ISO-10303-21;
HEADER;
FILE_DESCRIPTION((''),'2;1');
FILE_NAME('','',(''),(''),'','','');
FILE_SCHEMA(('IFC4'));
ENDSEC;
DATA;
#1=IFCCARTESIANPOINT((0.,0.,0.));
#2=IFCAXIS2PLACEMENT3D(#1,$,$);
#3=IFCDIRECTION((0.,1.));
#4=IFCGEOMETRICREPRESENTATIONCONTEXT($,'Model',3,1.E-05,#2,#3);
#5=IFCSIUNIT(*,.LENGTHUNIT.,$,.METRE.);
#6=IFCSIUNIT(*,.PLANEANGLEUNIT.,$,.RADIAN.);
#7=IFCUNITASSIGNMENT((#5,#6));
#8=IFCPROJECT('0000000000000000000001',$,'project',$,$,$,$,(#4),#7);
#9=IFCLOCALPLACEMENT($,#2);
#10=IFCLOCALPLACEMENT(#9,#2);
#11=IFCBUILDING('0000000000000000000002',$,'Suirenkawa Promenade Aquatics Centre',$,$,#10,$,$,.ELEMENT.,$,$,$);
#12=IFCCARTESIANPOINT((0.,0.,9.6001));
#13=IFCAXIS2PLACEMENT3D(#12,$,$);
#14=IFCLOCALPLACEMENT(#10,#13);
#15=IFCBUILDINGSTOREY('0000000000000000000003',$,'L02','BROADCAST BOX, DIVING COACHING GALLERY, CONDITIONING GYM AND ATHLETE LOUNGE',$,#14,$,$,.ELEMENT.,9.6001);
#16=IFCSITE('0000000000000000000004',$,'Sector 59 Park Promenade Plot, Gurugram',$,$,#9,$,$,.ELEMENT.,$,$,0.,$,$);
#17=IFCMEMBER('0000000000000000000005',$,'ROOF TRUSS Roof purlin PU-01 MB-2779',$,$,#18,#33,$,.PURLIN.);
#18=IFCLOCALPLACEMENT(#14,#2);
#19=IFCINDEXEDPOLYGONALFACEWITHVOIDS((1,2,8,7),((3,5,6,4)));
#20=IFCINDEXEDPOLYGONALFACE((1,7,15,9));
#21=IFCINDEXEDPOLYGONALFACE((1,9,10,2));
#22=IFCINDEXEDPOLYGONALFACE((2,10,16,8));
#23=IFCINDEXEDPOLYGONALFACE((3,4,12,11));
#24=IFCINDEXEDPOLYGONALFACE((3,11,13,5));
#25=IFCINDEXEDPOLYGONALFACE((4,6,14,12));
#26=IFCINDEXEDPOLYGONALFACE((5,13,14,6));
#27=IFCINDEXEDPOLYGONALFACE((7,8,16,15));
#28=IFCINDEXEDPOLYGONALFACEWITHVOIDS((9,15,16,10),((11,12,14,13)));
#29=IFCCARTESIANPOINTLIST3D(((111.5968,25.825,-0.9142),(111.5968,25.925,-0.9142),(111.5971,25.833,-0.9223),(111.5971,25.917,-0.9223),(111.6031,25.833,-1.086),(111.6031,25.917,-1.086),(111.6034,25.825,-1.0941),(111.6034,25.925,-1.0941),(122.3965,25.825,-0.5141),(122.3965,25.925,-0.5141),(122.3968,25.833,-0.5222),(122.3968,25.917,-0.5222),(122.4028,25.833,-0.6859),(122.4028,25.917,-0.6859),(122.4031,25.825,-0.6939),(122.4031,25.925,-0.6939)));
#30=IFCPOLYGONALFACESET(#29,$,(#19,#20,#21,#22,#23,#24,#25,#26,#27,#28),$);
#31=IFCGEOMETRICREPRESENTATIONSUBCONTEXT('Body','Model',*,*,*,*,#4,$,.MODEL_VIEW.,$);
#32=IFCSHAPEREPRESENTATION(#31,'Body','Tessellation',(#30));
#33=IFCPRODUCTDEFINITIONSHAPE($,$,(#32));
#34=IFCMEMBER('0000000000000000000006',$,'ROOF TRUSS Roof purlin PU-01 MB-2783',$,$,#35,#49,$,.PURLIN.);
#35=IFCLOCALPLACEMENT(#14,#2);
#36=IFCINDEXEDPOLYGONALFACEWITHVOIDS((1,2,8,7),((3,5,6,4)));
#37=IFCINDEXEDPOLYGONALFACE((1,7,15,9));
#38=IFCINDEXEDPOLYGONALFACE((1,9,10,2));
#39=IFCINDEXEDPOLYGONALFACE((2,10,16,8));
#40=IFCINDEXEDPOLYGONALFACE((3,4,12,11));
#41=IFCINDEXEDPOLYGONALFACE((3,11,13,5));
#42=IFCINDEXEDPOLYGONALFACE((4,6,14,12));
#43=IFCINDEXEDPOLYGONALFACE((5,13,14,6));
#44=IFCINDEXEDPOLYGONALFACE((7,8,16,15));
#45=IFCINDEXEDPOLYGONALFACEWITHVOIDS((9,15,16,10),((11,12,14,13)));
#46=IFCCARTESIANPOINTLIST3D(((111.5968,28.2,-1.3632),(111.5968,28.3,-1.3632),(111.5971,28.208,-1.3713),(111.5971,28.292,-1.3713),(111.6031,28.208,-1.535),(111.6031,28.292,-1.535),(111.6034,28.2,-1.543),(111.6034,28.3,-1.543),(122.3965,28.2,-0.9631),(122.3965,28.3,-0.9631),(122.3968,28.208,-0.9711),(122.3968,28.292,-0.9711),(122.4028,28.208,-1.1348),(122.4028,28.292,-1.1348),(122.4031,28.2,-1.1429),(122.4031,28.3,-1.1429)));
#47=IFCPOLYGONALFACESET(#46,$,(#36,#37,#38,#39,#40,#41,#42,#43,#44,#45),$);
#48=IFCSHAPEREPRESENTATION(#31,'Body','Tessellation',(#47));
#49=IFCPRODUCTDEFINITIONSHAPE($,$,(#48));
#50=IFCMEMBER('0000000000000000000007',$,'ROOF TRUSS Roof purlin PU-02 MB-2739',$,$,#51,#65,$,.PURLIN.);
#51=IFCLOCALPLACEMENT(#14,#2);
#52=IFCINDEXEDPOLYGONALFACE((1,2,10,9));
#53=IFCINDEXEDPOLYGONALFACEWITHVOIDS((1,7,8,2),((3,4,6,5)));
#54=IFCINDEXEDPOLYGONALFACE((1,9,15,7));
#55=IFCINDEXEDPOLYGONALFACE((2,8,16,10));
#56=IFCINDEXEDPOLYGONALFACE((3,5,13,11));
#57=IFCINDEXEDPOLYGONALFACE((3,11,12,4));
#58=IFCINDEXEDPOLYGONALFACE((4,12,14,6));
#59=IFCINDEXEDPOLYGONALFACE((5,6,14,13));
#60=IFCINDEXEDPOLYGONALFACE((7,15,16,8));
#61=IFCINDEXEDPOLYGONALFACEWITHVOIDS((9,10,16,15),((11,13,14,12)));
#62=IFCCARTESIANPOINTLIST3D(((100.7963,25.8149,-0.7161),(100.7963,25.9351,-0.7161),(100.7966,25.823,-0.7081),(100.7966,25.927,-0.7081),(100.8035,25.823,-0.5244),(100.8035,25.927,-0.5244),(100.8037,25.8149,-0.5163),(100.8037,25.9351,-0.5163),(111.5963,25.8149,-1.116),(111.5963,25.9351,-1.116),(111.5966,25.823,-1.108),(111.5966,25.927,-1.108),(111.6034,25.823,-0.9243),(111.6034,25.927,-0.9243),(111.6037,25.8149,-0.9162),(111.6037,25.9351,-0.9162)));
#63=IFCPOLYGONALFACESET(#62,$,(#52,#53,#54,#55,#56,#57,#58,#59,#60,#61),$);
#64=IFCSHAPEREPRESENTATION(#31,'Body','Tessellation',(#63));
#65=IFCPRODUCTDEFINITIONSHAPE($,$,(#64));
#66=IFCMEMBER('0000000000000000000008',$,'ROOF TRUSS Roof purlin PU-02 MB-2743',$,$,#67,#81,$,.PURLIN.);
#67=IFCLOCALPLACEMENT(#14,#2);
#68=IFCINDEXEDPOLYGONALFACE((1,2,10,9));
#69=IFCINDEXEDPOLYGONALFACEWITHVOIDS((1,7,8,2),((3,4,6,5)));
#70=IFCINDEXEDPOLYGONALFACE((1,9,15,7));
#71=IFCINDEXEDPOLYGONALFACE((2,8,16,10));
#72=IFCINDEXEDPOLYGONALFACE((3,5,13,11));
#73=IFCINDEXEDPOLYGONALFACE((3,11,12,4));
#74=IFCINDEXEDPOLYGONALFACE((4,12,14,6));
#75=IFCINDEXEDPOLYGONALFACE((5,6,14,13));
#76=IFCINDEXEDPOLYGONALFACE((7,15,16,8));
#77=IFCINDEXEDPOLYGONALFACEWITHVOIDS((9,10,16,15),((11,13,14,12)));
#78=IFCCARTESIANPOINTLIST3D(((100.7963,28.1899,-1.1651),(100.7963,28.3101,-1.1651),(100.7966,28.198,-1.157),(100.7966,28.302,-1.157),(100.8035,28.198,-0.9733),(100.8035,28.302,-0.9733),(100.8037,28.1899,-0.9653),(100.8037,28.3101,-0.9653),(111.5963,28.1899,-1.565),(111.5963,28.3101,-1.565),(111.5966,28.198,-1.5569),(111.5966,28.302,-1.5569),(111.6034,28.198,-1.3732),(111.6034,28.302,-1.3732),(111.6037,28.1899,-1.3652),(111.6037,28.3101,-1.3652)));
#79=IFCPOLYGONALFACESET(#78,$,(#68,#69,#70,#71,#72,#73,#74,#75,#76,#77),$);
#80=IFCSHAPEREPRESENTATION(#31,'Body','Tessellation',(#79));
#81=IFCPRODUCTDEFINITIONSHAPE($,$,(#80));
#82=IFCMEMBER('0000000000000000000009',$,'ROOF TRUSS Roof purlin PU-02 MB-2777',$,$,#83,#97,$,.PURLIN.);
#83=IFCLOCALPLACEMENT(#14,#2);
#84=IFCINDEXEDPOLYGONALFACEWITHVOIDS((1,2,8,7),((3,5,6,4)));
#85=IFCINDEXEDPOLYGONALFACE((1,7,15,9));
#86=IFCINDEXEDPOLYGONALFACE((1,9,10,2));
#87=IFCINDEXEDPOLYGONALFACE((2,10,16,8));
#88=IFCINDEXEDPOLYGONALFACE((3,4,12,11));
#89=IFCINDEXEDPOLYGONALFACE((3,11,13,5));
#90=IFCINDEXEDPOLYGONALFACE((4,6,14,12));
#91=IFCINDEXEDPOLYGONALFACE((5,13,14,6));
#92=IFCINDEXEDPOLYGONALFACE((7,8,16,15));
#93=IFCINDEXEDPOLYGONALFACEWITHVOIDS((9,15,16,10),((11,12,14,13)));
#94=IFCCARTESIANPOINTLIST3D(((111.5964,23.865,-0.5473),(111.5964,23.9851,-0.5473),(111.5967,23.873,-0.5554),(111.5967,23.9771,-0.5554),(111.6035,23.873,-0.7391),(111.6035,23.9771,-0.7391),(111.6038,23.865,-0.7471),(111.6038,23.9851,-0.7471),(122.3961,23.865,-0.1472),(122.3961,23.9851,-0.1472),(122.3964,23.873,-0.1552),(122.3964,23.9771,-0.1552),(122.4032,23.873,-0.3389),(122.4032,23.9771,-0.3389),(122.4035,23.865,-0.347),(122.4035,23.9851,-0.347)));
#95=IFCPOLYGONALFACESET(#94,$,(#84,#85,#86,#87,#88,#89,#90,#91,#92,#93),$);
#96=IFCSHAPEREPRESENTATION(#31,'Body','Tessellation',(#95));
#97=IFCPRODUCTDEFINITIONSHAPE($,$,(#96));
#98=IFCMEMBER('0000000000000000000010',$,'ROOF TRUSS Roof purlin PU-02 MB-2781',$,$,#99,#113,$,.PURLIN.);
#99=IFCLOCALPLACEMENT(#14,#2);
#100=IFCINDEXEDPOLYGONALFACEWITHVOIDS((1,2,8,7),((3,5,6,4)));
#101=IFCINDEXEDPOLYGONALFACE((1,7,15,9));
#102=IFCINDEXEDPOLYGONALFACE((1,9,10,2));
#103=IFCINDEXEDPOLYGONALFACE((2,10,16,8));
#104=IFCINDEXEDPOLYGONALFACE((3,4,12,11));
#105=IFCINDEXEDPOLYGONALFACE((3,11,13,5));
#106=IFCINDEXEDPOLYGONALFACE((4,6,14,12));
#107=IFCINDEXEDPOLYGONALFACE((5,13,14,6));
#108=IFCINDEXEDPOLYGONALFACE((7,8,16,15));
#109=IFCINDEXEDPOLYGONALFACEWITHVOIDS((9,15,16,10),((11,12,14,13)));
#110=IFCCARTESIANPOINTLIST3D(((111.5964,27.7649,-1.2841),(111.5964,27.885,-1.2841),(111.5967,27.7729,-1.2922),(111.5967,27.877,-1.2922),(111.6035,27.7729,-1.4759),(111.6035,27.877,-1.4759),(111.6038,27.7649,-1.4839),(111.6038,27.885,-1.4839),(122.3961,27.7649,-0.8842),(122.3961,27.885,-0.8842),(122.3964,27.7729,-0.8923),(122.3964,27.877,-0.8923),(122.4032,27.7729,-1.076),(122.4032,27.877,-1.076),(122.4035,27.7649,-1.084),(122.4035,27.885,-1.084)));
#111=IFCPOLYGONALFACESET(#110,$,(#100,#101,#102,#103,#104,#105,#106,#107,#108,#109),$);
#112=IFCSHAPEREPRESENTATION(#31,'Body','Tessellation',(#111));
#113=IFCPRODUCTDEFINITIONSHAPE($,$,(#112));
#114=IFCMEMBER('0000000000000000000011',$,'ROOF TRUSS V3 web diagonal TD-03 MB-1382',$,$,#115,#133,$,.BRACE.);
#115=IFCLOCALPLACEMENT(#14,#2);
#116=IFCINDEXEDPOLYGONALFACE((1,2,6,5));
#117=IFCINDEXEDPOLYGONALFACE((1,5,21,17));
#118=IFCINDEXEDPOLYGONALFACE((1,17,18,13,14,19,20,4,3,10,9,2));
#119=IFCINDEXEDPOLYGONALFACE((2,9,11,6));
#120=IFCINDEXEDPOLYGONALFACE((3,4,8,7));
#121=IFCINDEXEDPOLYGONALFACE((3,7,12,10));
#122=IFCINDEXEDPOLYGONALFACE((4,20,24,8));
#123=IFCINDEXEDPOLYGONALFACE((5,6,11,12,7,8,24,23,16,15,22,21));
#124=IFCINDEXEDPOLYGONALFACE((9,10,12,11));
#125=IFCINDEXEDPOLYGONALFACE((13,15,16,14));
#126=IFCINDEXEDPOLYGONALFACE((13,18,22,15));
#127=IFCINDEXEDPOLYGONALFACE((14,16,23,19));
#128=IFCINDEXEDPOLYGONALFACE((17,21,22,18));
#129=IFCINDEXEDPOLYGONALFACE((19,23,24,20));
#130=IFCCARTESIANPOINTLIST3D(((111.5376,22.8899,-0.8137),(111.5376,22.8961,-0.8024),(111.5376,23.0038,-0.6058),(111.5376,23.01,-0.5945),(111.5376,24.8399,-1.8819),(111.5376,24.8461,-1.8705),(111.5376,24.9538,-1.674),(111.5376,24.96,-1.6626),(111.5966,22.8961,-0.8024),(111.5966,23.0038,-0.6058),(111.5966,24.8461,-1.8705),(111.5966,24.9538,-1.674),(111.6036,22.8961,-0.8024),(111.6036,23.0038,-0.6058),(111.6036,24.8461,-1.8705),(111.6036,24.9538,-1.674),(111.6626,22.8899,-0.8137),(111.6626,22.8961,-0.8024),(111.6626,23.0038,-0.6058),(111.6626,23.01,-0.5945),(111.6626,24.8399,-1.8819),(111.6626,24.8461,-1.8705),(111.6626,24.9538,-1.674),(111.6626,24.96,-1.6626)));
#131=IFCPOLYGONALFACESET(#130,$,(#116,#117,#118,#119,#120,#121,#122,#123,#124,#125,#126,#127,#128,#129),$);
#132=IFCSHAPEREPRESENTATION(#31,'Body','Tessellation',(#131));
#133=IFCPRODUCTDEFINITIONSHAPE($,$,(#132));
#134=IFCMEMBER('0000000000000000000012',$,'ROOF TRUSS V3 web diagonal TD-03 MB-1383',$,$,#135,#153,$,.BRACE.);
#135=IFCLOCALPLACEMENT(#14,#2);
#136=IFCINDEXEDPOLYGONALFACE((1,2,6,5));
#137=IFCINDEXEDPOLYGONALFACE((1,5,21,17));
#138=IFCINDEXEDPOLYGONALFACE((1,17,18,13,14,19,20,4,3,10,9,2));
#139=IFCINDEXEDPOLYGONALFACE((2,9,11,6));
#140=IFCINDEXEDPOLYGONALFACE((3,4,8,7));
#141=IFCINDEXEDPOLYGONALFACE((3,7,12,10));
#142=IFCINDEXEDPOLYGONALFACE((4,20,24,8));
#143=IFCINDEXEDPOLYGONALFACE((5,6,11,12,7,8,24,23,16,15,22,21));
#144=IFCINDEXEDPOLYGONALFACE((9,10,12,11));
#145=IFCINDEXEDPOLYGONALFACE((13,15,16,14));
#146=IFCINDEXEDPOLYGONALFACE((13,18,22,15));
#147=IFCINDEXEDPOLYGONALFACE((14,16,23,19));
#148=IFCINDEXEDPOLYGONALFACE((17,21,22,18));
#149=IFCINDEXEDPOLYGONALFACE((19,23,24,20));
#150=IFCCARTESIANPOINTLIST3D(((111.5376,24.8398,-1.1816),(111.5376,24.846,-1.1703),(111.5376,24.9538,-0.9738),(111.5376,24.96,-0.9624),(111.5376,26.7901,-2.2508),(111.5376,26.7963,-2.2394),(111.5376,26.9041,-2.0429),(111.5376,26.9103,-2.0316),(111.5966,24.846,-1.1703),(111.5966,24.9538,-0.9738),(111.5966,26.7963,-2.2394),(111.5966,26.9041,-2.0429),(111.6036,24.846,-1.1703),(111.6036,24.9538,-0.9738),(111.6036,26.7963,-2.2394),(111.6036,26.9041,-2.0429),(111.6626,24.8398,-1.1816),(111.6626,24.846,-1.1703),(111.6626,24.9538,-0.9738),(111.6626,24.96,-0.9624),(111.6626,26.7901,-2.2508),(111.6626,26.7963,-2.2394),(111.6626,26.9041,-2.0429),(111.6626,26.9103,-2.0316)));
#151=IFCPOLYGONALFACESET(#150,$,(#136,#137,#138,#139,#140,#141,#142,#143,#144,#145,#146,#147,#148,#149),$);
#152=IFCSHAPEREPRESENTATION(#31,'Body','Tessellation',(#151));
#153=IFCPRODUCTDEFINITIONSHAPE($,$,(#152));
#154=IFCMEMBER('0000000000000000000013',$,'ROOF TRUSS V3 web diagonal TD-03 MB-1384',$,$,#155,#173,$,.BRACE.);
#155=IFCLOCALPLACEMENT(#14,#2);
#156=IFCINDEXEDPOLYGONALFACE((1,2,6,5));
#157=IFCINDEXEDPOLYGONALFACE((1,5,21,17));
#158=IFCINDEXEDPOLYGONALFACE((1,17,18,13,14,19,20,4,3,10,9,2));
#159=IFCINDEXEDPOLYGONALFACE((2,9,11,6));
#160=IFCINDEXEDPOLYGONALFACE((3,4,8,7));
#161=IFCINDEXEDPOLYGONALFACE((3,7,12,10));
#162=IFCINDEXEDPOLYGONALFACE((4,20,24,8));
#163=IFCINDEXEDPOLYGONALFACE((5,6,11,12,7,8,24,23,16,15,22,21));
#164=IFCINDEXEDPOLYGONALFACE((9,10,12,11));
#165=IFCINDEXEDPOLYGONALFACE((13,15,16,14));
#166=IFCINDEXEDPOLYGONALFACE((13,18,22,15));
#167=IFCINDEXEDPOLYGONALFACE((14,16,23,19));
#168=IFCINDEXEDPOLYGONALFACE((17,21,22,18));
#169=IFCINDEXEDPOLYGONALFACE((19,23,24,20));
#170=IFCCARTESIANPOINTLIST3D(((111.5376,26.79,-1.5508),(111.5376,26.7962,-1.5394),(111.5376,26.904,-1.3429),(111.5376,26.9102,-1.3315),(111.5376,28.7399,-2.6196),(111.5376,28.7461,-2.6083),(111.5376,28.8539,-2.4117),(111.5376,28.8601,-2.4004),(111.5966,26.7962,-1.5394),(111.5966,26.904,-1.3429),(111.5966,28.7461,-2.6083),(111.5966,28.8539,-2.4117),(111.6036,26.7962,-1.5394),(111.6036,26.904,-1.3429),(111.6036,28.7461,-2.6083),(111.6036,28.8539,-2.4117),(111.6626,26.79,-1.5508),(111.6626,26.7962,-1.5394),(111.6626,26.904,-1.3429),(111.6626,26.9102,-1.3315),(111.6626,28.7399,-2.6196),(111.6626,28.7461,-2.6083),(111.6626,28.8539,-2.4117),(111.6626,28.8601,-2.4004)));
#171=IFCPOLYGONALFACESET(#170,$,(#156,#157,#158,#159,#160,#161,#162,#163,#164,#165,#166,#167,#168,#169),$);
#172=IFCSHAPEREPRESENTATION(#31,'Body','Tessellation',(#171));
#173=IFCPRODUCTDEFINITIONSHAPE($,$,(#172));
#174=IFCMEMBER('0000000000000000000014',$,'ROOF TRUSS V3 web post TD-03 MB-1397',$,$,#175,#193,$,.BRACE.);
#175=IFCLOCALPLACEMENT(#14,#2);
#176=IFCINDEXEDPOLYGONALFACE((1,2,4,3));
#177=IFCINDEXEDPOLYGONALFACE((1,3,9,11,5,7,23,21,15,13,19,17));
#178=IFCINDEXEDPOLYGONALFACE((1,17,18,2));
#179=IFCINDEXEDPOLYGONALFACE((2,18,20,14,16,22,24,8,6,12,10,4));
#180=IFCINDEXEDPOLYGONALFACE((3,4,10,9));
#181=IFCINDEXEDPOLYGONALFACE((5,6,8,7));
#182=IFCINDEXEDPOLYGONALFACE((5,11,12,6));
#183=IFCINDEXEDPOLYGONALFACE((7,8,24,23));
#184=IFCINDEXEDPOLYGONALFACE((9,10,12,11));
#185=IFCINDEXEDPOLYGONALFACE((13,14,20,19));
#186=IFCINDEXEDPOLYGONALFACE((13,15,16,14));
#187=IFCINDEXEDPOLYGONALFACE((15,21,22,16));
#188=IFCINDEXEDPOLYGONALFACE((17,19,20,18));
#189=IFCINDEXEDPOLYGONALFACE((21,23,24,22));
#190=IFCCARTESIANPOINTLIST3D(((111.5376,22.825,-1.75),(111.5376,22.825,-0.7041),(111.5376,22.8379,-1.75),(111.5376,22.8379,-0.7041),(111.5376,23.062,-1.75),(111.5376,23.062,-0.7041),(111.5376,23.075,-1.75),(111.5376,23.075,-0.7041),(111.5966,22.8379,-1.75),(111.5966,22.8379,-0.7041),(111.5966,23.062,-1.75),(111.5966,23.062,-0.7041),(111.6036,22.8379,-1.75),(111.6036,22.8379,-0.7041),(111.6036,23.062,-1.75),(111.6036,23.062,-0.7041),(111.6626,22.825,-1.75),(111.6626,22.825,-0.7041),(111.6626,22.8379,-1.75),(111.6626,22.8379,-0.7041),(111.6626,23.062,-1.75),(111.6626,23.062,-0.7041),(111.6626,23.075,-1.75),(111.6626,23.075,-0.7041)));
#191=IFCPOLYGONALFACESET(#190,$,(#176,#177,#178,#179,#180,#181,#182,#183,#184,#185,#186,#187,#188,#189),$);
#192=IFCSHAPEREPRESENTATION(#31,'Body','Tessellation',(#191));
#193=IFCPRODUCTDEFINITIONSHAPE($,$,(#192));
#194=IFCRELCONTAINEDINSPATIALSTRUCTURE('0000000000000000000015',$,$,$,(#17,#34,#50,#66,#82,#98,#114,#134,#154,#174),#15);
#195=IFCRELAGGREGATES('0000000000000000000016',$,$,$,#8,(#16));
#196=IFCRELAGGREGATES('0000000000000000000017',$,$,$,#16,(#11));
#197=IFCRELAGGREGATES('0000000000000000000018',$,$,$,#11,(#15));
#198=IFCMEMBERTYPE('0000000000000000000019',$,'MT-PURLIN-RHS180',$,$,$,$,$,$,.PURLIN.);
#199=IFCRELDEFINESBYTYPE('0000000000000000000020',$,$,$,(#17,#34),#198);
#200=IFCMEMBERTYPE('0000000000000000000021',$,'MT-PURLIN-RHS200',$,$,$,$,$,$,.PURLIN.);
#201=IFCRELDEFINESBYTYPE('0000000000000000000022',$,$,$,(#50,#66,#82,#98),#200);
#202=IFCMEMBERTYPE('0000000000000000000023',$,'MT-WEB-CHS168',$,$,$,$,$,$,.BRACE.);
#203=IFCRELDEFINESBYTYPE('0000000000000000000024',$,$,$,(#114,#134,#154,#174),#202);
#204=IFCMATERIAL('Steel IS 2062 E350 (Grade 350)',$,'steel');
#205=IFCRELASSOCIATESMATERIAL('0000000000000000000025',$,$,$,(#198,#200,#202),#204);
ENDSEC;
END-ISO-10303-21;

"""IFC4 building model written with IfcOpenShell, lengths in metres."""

from ifc_helpers import new_model, si_unit, direction, frame, origin, origin_2d, place, context, subcontext, project, spatial, hollow_rectangle, i_section, extrude, material, material_profile, profile_set, type_object, element, save


model = new_model("IFC4")

# Units and contexts
model_context = context("Model", 3, precision=1e-05, world=origin(), true_north=direction((0.0, 1.0)))
body_context = subcontext(model_context, "Body", "Model", "MODEL_VIEW")
ifc_project = project(units=[si_unit("LENGTHUNIT", "METRE"), si_unit("PLANEANGLEUNIT", "RADIAN")], contexts=[model_context])

# Site, building, storey
site_placement = place(None, origin())
site = spatial("IfcSite", under=ifc_project, at=site_placement, Name="Sector 59 Park Promenade Plot, Gurugram", CompositionType="ELEMENT", RefElevation=0.0)
building_placement = place(site_placement, origin())
building = spatial("IfcBuilding", under=site, at=building_placement, Name="Suirenkawa Promenade Aquatics Centre", CompositionType="ELEMENT")
storey_placement = place(building_placement, frame((0.0, 0.0, 9.6001)))
storey = spatial("IfcBuildingStorey", under=building, at=storey_placement, Name="L02", Description="BROADCAST BOX, DIVING COACHING GALLERY, CONDITIONING GYM AND ATHLETE LOUNGE", CompositionType="ELEMENT", Elevation=9.6001)

# Shared definitions
ifc_material = material(Name="Steel IS 2062 E350 (Grade 350)", Category="steel")

# Members
ifc_material_profile_1 = material_profile(ifc_material, hollow_rectangle(XDim=0.1001, YDim=0.1799, WallThickness=0.0081, at=origin_2d()), Name="RHS 180x100x8", Category="steel")
ifc_profile_set_1 = profile_set([ifc_material_profile_1], Name="Steel IS 2062 E350 (Grade 350)")
member_type_1 = type_object("IfcMemberType", Name="MT-PURLIN-RHS180", PredefinedType="PURLIN", material=ifc_profile_set_1)
for number, where, z_axis, x_axis, name in (
    (1, (111.6001, 25.875, -1.0042), (0.999314, 0.0, 0.037026), (0.0, 1.0, 0.0), "ROOF TRUSS Roof purlin PU-01 MB-2779"),
    (2, (111.6001, 28.25, -1.4531), (0.999314, 0.0, 0.037026), (0.0, 1.0, 0.0), "ROOF TRUSS Roof purlin PU-01 MB-2783"),
):
    element("IfcMember", number, at=place(storey_placement, frame(where, z_axis=z_axis, x_axis=x_axis)), inside=storey, type_object=member_type_1, Name=name, PredefinedType="PURLIN", context=body_context, shape_type="SweptSolid", body=[
        extrude(hollow_rectangle(XDim=0.1001, YDim=0.1799, WallThickness=0.0081, at=origin_2d()), origin(), (0.0, 0.0, 1.0), 10.8071),
    ])
ifc_material_profile_2 = material_profile(ifc_material, hollow_rectangle(XDim=0.1201, YDim=0.2, WallThickness=0.0081, at=origin_2d()), Name="RHS 200x120x8", Category="steel")
ifc_profile_set_2 = profile_set([ifc_material_profile_2], Name="Steel IS 2062 E350 (Grade 350)")
member_type_2 = type_object("IfcMemberType", Name="MT-PURLIN-RHS200", PredefinedType="PURLIN", material=ifc_profile_set_2)
for number, where, z_axis, x_axis, name in (
    (3, (100.8, 25.875, -0.6162), (0.999315, 0.0, -0.037002), (0.0, 1.0, 0.0), "ROOF TRUSS Roof purlin PU-02 MB-2739"),
    (4, (100.8, 28.25, -1.0652), (0.999315, 0.0, -0.037002), (0.0, 1.0, 0.0), "ROOF TRUSS Roof purlin PU-02 MB-2743"),
):
    element("IfcMember", number, at=place(storey_placement, frame(where, z_axis=z_axis, x_axis=x_axis)), inside=storey, type_object=member_type_2, Name=name, PredefinedType="PURLIN", context=body_context, shape_type="SweptSolid", body=[
        extrude(hollow_rectangle(XDim=0.1201, YDim=0.2, WallThickness=0.0081, at=origin_2d()), origin(), (0.0, 0.0, 1.0), 10.8074),
    ])
for number, where, z_axis, x_axis, name in (
    (5, (111.6001, 23.925, -0.6472), (0.999314, 0.0, 0.037026), (0.0, 1.0, 0.0), "ROOF TRUSS Roof purlin PU-02 MB-2777"),
    (6, (111.6001, 27.825, -1.384), (0.999315, 0.0, 0.037003), (0.0, 1.0, 0.0), "ROOF TRUSS Roof purlin PU-02 MB-2781"),
):
    element("IfcMember", number, at=place(storey_placement, frame(where, z_axis=z_axis, x_axis=x_axis)), inside=storey, type_object=member_type_2, Name=name, PredefinedType="PURLIN", context=body_context, shape_type="SweptSolid", body=[
        extrude(hollow_rectangle(XDim=0.1201, YDim=0.2, WallThickness=0.0081, at=origin_2d()), origin(), (0.0, 0.0, 1.0), 10.8071),
    ])
ifc_material_profile_3 = material_profile(ifc_material, i_section(OverallWidth=0.125, OverallDepth=0.25, WebThickness=0.0071, FlangeThickness=0.0129, at=origin_2d()), Name="ISMB 250", Category="steel")
ifc_profile_set_3 = profile_set([ifc_material_profile_3], Name="Steel IS 2062 E350 (Grade 350)")
member_type_3 = type_object("IfcMemberType", Name="MT-WEB-CHS168", PredefinedType="BRACE", material=ifc_profile_set_3)
member_1_placement = place(storey_placement, frame((111.6001, 22.95, -0.7041), z_axis=(0.0, 0.877042, -0.480413), x_axis=(-1.0, 0.0, 0.0)))
element("IfcMember", 7, at=member_1_placement, inside=storey, type_object=member_type_3, Name="ROOF TRUSS V3 web diagonal TD-03 MB-1382", PredefinedType="BRACE", context=body_context, shape_type="SweptSolid", body=[
    extrude(i_section(OverallWidth=0.125, OverallDepth=0.25, WebThickness=0.0071, FlangeThickness=0.0129, at=origin_2d()), origin(), (0.0, 0.0, 1.0), 2.2234),
])
member_2_placement = place(storey_placement, frame((111.6001, 24.8999, -1.072), z_axis=(0.0, 0.876883, -0.480705), x_axis=(-1.0, 0.0, 0.0)))
element("IfcMember", 8, at=member_2_placement, inside=storey, type_object=member_type_3, Name="ROOF TRUSS V3 web diagonal TD-03 MB-1383", PredefinedType="BRACE", context=body_context, shape_type="SweptSolid", body=[
    extrude(i_section(OverallWidth=0.125, OverallDepth=0.25, WebThickness=0.0071, FlangeThickness=0.0129, at=origin_2d()), origin(), (0.0, 0.0, 1.0), 2.2241),
])
member_3_placement = place(storey_placement, frame((111.6001, 26.8501, -1.4412), z_axis=(0.0, 0.876903, -0.480667), x_axis=(-1.0, 0.0, 0.0)))
element("IfcMember", 9, at=member_3_placement, inside=storey, type_object=member_type_3, Name="ROOF TRUSS V3 web diagonal TD-03 MB-1384", PredefinedType="BRACE", context=body_context, shape_type="SweptSolid", body=[
    extrude(i_section(OverallWidth=0.125, OverallDepth=0.25, WebThickness=0.0071, FlangeThickness=0.0129, at=origin_2d()), origin(), (0.0, 0.0, 1.0), 2.2236),
])
member_4_placement = place(storey_placement, frame((111.6001, 22.95, -1.75), z_axis=(0.0, 0.0, 1.0), x_axis=(1.0, 0.0, 0.0)))
element("IfcMember", 10, at=member_4_placement, inside=storey, type_object=member_type_3, Name="ROOF TRUSS V3 web post TD-03 MB-1397", PredefinedType="BRACE", context=body_context, shape_type="SweptSolid", body=[
    extrude(i_section(OverallWidth=0.125, OverallDepth=0.25, WebThickness=0.0071, FlangeThickness=0.0129, at=origin_2d()), origin(), (0.0, 0.0, 1.0), 1.0459),
])

save(model, "model.ifc")
